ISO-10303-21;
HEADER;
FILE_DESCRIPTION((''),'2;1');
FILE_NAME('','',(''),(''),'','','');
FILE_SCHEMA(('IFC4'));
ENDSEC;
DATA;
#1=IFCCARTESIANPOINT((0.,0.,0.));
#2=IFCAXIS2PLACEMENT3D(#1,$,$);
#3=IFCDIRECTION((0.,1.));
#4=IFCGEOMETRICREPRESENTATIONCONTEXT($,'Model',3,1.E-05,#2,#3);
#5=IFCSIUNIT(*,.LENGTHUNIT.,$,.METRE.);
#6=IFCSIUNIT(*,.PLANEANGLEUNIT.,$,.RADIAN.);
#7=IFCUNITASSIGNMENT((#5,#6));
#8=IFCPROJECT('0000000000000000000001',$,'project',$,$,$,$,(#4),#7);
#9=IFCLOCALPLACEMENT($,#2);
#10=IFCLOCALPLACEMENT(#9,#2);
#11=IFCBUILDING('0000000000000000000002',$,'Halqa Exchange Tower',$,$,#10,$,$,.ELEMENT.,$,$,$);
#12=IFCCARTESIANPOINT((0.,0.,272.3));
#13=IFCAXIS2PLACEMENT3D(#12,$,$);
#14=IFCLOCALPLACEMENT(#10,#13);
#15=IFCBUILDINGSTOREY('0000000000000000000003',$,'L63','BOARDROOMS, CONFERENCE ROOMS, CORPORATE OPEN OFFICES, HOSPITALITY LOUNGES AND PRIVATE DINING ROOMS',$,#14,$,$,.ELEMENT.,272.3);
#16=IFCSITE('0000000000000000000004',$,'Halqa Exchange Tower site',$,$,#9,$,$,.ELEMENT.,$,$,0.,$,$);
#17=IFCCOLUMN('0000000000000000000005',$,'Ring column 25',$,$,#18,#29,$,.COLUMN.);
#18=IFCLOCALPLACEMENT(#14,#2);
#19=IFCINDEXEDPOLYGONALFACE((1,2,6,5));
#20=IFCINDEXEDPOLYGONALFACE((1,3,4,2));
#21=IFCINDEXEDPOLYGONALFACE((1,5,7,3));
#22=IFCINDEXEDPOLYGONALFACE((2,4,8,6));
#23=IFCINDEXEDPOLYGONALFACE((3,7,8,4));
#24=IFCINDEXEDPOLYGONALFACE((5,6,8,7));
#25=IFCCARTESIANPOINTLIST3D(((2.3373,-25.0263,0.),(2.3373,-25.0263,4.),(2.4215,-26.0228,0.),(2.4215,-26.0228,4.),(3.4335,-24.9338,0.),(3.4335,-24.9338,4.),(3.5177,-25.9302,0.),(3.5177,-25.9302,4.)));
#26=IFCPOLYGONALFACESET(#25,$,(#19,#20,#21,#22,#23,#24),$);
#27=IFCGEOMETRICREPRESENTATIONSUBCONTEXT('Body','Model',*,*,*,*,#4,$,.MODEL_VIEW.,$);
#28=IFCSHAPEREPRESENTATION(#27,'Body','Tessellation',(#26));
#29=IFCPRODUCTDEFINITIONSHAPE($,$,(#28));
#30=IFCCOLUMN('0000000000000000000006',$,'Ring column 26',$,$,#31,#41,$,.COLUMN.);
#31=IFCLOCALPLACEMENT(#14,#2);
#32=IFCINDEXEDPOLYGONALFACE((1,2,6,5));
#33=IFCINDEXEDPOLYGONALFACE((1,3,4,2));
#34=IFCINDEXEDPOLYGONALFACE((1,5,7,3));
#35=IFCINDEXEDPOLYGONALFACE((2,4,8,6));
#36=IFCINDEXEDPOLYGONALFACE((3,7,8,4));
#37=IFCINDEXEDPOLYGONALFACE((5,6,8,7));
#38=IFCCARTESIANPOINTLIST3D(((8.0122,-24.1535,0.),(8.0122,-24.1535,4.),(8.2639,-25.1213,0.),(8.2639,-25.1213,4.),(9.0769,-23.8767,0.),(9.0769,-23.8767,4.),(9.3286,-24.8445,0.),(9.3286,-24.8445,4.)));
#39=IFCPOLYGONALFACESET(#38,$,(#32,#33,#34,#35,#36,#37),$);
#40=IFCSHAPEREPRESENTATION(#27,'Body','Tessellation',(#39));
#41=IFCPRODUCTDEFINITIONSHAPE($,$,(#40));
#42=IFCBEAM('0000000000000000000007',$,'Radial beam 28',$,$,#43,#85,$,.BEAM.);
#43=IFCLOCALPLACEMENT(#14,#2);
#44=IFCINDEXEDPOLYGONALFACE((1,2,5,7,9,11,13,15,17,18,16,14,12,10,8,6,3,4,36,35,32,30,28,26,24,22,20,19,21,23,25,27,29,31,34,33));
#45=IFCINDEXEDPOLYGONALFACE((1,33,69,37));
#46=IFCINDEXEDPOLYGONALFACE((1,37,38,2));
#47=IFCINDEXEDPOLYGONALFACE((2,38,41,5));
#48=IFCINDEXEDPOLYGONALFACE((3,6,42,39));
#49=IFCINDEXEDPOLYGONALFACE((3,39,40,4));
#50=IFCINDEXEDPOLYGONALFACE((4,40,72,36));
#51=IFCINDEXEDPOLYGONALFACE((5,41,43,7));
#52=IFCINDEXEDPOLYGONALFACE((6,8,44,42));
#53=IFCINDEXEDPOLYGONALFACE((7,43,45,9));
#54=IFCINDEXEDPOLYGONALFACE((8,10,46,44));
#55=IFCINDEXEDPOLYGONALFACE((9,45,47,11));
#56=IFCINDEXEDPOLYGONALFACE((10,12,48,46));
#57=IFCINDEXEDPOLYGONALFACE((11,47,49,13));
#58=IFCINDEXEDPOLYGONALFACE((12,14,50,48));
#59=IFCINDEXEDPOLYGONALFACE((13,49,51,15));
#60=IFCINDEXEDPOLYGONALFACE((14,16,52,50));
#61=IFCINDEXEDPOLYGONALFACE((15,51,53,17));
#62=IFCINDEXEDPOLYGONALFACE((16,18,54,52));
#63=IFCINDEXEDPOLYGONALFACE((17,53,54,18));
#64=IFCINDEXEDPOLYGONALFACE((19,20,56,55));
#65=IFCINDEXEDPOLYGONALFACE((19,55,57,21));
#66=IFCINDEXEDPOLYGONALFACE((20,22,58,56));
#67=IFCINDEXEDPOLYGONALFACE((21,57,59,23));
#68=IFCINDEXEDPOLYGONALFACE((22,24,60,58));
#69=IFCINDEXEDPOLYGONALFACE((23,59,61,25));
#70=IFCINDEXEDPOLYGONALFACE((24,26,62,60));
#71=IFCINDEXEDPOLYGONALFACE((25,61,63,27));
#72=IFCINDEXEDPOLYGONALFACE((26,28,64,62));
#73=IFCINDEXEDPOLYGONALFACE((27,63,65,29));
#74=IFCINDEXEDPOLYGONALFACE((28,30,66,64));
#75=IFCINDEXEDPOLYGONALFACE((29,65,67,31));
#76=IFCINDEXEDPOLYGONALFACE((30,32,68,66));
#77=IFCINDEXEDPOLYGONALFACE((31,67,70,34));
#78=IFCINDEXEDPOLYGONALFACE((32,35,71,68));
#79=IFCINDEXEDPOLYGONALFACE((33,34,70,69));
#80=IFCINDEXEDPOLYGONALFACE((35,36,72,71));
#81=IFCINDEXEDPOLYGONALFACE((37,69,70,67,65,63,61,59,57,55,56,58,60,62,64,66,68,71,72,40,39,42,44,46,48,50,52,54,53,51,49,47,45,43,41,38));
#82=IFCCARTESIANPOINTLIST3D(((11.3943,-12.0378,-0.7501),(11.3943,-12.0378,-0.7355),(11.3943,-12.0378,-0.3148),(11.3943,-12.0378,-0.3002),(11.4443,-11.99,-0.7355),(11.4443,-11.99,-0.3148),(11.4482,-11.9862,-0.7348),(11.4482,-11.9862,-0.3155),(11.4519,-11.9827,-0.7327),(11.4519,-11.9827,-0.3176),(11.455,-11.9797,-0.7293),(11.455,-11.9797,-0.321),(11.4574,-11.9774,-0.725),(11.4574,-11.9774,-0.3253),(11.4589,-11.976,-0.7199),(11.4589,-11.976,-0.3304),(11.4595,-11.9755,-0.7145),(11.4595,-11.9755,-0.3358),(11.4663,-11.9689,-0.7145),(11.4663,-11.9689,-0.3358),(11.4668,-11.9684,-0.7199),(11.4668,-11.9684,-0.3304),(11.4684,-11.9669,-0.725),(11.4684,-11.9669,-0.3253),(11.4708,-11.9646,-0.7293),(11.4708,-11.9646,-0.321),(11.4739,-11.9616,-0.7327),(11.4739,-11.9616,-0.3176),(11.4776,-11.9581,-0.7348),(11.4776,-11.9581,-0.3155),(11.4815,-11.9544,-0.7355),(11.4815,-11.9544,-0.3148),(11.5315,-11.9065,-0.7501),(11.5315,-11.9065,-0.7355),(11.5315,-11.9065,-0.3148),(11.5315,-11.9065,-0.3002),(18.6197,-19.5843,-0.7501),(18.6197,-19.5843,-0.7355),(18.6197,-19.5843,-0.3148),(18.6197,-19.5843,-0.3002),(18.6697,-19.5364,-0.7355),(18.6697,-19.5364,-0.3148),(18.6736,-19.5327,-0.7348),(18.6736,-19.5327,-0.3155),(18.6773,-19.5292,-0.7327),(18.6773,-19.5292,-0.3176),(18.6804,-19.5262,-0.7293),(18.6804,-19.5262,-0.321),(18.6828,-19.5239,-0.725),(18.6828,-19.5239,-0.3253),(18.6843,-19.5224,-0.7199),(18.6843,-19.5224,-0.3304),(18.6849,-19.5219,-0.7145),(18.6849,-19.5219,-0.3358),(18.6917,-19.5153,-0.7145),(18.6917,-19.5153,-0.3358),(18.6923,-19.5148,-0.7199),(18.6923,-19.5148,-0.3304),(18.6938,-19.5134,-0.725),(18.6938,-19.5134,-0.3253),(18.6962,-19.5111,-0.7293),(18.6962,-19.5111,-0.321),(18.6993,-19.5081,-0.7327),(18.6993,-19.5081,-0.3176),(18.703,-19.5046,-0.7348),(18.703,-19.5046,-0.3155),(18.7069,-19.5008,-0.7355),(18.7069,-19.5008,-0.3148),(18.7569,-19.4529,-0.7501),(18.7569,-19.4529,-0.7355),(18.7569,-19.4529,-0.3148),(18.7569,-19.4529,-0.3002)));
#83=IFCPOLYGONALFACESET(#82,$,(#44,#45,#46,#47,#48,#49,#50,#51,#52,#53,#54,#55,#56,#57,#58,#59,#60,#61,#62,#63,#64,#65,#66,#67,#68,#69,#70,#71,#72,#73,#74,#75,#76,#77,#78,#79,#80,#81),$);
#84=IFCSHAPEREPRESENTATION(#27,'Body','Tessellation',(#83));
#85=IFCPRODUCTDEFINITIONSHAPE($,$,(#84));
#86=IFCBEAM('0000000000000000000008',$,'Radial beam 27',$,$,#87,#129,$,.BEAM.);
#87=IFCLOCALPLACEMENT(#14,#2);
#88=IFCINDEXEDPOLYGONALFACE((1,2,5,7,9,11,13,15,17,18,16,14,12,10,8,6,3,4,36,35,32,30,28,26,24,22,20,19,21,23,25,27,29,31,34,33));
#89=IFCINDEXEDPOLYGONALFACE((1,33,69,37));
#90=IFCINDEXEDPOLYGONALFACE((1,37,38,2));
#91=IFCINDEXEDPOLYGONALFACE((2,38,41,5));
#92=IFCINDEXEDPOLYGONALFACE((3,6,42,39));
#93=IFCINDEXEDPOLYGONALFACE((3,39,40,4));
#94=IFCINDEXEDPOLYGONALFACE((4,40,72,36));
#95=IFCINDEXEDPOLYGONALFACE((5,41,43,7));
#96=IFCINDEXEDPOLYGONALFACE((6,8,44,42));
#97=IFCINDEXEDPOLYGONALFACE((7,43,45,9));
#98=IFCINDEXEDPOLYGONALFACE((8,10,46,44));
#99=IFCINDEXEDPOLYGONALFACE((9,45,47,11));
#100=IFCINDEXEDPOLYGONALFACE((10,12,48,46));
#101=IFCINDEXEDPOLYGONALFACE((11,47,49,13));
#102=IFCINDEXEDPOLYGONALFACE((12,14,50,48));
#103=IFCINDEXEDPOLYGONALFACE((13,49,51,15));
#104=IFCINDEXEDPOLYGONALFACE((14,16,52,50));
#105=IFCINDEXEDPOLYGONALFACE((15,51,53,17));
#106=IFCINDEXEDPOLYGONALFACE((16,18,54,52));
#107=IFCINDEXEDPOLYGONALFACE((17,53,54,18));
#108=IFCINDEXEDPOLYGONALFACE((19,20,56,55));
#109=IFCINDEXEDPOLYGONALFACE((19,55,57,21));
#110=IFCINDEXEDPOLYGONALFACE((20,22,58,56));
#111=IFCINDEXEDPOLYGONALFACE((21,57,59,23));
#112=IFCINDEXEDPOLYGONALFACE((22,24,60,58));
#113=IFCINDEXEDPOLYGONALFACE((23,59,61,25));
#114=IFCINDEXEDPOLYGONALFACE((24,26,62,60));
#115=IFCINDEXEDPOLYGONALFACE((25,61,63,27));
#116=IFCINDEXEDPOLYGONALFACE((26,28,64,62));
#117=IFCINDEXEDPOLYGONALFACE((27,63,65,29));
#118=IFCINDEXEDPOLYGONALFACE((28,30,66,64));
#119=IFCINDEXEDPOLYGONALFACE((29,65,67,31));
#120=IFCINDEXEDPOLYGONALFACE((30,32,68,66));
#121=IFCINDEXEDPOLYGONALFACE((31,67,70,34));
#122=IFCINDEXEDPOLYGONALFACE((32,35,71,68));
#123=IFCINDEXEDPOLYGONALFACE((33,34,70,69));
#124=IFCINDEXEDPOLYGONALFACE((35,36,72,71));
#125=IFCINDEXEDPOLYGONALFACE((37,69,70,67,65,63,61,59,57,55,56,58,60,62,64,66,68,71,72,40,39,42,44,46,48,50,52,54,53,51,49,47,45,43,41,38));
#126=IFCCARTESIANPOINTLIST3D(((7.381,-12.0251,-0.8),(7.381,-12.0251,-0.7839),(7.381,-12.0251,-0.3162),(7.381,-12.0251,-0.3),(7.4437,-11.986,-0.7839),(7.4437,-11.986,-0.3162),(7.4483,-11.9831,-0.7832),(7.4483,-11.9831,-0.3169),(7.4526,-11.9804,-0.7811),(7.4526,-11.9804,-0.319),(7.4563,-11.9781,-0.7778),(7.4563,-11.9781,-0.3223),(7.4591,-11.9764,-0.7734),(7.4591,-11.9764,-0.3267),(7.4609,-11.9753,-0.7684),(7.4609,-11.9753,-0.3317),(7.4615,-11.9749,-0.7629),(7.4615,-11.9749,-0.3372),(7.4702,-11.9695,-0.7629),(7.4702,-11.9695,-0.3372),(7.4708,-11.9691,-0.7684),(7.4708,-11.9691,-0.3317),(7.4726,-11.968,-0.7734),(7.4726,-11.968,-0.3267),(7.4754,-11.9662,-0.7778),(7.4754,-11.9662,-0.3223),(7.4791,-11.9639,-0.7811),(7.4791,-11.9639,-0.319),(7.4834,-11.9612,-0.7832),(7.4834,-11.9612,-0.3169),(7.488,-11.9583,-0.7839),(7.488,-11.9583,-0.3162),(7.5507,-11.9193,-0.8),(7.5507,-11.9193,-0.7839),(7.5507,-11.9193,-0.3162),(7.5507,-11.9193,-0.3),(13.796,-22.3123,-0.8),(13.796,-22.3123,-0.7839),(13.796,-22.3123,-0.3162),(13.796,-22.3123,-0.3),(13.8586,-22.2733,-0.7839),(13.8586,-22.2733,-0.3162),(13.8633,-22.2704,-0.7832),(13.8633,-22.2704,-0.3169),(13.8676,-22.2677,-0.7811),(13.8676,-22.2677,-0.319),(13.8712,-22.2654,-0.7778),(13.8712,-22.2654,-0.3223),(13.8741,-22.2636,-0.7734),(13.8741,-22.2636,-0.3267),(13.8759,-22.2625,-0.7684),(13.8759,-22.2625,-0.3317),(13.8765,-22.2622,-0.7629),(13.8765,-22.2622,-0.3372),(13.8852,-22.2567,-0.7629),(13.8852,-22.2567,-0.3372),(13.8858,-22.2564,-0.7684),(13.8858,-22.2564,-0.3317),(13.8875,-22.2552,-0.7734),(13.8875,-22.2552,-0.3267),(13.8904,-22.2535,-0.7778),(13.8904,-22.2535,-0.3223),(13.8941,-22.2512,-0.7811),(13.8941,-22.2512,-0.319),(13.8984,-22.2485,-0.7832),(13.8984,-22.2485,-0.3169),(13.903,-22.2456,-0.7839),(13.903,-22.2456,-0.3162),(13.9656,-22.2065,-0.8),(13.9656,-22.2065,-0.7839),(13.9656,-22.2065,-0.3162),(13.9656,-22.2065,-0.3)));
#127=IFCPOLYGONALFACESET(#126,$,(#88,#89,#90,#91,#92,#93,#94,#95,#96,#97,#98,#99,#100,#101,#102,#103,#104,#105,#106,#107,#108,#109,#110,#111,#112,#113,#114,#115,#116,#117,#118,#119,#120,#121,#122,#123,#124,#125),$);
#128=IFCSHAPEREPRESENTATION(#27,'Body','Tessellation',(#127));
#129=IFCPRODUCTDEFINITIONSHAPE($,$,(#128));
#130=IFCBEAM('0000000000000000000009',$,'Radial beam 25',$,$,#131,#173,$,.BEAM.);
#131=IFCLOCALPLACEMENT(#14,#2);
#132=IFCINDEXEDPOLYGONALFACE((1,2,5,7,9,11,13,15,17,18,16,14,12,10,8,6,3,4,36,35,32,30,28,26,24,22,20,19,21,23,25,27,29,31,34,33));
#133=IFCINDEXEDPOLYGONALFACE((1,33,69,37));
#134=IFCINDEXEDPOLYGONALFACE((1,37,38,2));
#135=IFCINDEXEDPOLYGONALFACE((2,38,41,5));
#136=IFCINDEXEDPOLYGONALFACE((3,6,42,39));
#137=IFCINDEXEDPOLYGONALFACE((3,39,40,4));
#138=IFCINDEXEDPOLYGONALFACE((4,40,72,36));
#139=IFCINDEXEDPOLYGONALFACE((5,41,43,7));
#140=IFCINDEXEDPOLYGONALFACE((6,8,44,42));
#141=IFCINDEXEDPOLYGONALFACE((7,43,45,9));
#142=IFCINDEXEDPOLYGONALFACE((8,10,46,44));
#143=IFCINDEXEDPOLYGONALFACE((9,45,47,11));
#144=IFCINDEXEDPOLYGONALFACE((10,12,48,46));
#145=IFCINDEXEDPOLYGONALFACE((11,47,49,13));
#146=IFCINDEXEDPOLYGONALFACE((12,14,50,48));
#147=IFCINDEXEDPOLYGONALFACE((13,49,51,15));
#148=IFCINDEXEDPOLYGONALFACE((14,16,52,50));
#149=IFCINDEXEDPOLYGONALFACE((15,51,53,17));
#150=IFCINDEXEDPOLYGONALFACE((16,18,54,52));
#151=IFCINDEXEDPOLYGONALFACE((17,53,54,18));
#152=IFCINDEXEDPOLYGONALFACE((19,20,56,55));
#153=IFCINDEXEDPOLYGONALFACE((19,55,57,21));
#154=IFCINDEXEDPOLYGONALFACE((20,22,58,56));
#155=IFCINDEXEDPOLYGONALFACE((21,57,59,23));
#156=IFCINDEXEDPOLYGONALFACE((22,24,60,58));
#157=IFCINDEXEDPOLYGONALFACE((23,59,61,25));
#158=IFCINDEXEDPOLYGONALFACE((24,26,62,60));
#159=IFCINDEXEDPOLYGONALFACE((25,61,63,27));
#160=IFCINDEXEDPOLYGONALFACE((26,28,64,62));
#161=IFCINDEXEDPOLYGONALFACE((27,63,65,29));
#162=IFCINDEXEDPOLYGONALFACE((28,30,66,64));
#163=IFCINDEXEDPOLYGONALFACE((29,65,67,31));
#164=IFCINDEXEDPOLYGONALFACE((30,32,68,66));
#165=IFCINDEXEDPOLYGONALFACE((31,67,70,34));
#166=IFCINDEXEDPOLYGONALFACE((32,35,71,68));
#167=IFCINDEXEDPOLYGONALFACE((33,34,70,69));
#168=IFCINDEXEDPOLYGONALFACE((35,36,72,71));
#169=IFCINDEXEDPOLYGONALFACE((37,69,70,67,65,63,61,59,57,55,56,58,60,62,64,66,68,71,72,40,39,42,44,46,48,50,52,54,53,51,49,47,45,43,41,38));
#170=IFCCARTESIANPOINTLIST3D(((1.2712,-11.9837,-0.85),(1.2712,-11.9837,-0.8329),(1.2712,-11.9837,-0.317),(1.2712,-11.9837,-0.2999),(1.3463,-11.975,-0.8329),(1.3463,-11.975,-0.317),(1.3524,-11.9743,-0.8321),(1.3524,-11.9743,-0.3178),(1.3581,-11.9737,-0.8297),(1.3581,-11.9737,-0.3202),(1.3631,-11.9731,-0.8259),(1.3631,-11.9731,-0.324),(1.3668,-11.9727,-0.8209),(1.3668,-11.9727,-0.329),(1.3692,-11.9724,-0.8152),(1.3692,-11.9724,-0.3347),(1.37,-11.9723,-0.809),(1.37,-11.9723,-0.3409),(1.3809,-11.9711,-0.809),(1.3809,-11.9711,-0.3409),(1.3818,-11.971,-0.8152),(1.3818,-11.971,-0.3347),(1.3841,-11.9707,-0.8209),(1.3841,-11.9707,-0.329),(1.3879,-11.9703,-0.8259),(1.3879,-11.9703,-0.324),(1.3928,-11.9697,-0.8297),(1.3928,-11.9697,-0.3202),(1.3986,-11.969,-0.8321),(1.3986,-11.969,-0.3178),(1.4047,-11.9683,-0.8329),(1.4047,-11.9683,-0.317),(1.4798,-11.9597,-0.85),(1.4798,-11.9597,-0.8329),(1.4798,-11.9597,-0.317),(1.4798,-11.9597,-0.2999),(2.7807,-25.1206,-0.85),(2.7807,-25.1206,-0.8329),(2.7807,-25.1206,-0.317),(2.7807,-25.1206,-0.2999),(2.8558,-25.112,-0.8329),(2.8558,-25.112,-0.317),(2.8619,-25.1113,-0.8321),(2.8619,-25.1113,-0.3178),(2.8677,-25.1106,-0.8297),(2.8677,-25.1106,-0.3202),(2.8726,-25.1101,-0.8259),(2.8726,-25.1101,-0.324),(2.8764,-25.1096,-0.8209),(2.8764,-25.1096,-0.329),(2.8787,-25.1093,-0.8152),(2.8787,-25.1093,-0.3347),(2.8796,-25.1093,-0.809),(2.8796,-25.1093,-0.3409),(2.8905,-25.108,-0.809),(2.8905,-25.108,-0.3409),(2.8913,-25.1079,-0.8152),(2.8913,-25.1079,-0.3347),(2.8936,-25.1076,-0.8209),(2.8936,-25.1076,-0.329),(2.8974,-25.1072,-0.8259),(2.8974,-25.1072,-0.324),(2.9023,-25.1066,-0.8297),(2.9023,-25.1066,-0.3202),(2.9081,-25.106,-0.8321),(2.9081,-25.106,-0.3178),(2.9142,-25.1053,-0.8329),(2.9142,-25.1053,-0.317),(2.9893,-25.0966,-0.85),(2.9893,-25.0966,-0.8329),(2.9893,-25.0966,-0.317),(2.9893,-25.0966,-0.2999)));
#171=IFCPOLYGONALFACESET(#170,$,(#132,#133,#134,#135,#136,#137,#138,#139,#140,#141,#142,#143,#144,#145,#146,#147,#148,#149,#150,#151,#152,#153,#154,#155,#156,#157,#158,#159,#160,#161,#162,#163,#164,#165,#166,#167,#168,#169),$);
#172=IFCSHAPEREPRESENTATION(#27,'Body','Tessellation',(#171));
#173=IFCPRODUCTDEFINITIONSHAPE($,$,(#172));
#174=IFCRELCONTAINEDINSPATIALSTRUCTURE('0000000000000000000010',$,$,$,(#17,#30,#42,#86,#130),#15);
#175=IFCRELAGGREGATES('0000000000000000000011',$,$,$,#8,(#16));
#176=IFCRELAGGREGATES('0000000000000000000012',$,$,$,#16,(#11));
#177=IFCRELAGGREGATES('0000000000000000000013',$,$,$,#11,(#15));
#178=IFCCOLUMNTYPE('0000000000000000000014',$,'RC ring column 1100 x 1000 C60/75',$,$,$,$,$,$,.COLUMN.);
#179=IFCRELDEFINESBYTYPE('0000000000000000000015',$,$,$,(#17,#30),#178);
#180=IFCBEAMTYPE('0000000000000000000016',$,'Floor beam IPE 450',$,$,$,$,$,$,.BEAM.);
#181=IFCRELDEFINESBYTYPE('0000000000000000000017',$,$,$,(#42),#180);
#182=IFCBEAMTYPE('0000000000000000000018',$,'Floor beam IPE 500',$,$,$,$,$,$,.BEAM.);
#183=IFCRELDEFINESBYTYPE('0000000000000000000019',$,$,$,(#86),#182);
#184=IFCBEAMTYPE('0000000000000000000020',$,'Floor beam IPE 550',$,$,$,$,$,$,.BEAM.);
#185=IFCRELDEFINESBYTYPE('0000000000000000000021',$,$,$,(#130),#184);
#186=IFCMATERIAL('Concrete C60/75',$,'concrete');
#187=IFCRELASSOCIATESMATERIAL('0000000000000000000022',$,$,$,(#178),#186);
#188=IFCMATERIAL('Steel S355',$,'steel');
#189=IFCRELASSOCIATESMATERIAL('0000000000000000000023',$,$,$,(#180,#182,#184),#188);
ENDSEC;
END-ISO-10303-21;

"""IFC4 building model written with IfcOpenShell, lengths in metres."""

from ifc_helpers import new_model, si_unit, direction, frame, origin, origin_2d, place, context, subcontext, project, spatial, rectangle, i_section, extrude, material, material_profile, profile_set, type_object, element, save


model = new_model("IFC4")

# Units and contexts
model_context = context("Model", 3, precision=1e-05, world=origin(), true_north=direction((0.0, 1.0)))
body_context = subcontext(model_context, "Body", "Model", "MODEL_VIEW")
ifc_project = project(units=[si_unit("LENGTHUNIT", "METRE"), si_unit("PLANEANGLEUNIT", "RADIAN")], contexts=[model_context])

# Site, building, storey
site_placement = place(None, origin())
site = spatial("IfcSite", under=ifc_project, at=site_placement, Name="Halqa Exchange Tower site", CompositionType="ELEMENT", RefElevation=0.0)
building_placement = place(site_placement, origin())
building = spatial("IfcBuilding", under=site, at=building_placement, Name="Halqa Exchange Tower", CompositionType="ELEMENT")
storey_placement = place(building_placement, frame((0.0, 0.0, 272.3)))
storey = spatial("IfcBuildingStorey", under=building, at=storey_placement, Name="L63", Description="BOARDROOMS, CONFERENCE ROOMS, CORPORATE OPEN OFFICES, HOSPITALITY LOUNGES AND PRIVATE DINING ROOMS", CompositionType="ELEMENT", Elevation=272.3)

# Columns
ifc_material_1 = material(Name="Concrete C60/75", Category="concrete")
ifc_material_profile_1 = material_profile(ifc_material_1, rectangle(XDim=1.1001, YDim=1.0, at=origin_2d()), Name="1100 x 1000")
ifc_profile_set_1 = profile_set([ifc_material_profile_1], Name="Concrete C60/75")
column_type = type_object("IfcColumnType", Name="RC ring column 1100 x 1000 C60/75", PredefinedType="COLUMN", material=ifc_profile_set_1)
for number, where, z_axis, x_axis, name in (
    (1, (2.9275, -25.4783, 0.0), (0.0, 0.0, 1.0), (0.996456, 0.084121, 0.0), "Ring column 25"),
    (2, (8.6704, -24.499, 0.0), (0.0, 0.0, 1.0), (0.96782, 0.251642, 0.0), "Ring column 26"),
):
    element("IfcColumn", number, at=place(storey_placement, frame(where, z_axis=z_axis, x_axis=x_axis)), inside=storey, type_object=column_type, Name=name, PredefinedType="COLUMN", context=body_context, shape_type="SweptSolid", body=[
        extrude(rectangle(XDim=1.1001, YDim=1.0, at=origin_2d()), origin(), (0.0, 0.0, 1.0), 4.0),
    ])

# Beams
ifc_material_2 = material(Name="Steel S355", Category="steel")
ifc_material_profile_2 = material_profile(ifc_material_2, i_section(OverallWidth=0.1899, OverallDepth=0.45, WebThickness=0.0095, FlangeThickness=0.0146, FilletRadius=0.021, at=origin_2d()), Name="IPE 450")
ifc_profile_set_2 = profile_set([ifc_material_profile_2], Name="Steel S355")
beam_type_1 = type_object("IfcBeamType", Name="Floor beam IPE 450", PredefinedType="BEAM", material=ifc_profile_set_2)
beam_1_placement = place(storey_placement, frame((11.4629, -11.9722, -0.5251), z_axis=(0.691575, -0.722304, 0.0), x_axis=(0.722304, 0.691575, 0.0)))
element("IfcBeam", 3, at=beam_1_placement, inside=storey, type_object=beam_type_1, Name="Radial beam 28", PredefinedType="BEAM", context=body_context, shape_type="SweptSolid", body=[
    extrude(i_section(OverallWidth=0.1899, OverallDepth=0.45, WebThickness=0.0095, FlangeThickness=0.0146, FilletRadius=0.021, at=origin_2d()), origin(), (0.0, 0.0, 1.0), 10.4478),
])
ifc_material_profile_3 = material_profile(ifc_material_2, i_section(OverallWidth=0.2, OverallDepth=0.5, WebThickness=0.0103, FlangeThickness=0.0161, FilletRadius=0.021, at=origin_2d()), Name="IPE 500")
ifc_profile_set_3 = profile_set([ifc_material_profile_3], Name="Steel S355")
beam_type_2 = type_object("IfcBeamType", Name="Floor beam IPE 500", PredefinedType="BEAM", material=ifc_profile_set_3)
beam_2_placement = place(storey_placement, frame((7.4658, -11.9722, -0.55), z_axis=(0.529135, -0.848538, 0.0), x_axis=(0.848538, 0.529135, 0.0)))
element("IfcBeam", 4, at=beam_2_placement, inside=storey, type_object=beam_type_2, Name="Radial beam 27", PredefinedType="BEAM", context=body_context, shape_type="SweptSolid", body=[
    extrude(i_section(OverallWidth=0.2, OverallDepth=0.5, WebThickness=0.0103, FlangeThickness=0.0161, FilletRadius=0.021, at=origin_2d()), origin(), (0.0, 0.0, 1.0), 12.1235),
])
ifc_material_profile_4 = material_profile(ifc_material_2, i_section(OverallWidth=0.21, OverallDepth=0.55, WebThickness=0.011, FlangeThickness=0.0171, FilletRadius=0.0239, at=origin_2d()), Name="IPE 550")
ifc_profile_set_4 = profile_set([ifc_material_profile_4], Name="Steel S355")
beam_type_3 = type_object("IfcBeamType", Name="Floor beam IPE 550", PredefinedType="BEAM", material=ifc_profile_set_4)
beam_3_placement = place(storey_placement, frame((1.3755, -11.9717, -0.575), z_axis=(0.114155, -0.993463, 0.0), x_axis=(0.993463, 0.114155, 0.0)))
element("IfcBeam", 5, at=beam_3_placement, inside=storey, type_object=beam_type_3, Name="Radial beam 25", PredefinedType="BEAM", context=body_context, shape_type="SweptSolid", body=[
    extrude(i_section(OverallWidth=0.21, OverallDepth=0.55, WebThickness=0.011, FlangeThickness=0.0171, FilletRadius=0.0239, at=origin_2d()), origin(), (0.0, 0.0, 1.0), 13.2234),
])

save(model, "model.ifc")
